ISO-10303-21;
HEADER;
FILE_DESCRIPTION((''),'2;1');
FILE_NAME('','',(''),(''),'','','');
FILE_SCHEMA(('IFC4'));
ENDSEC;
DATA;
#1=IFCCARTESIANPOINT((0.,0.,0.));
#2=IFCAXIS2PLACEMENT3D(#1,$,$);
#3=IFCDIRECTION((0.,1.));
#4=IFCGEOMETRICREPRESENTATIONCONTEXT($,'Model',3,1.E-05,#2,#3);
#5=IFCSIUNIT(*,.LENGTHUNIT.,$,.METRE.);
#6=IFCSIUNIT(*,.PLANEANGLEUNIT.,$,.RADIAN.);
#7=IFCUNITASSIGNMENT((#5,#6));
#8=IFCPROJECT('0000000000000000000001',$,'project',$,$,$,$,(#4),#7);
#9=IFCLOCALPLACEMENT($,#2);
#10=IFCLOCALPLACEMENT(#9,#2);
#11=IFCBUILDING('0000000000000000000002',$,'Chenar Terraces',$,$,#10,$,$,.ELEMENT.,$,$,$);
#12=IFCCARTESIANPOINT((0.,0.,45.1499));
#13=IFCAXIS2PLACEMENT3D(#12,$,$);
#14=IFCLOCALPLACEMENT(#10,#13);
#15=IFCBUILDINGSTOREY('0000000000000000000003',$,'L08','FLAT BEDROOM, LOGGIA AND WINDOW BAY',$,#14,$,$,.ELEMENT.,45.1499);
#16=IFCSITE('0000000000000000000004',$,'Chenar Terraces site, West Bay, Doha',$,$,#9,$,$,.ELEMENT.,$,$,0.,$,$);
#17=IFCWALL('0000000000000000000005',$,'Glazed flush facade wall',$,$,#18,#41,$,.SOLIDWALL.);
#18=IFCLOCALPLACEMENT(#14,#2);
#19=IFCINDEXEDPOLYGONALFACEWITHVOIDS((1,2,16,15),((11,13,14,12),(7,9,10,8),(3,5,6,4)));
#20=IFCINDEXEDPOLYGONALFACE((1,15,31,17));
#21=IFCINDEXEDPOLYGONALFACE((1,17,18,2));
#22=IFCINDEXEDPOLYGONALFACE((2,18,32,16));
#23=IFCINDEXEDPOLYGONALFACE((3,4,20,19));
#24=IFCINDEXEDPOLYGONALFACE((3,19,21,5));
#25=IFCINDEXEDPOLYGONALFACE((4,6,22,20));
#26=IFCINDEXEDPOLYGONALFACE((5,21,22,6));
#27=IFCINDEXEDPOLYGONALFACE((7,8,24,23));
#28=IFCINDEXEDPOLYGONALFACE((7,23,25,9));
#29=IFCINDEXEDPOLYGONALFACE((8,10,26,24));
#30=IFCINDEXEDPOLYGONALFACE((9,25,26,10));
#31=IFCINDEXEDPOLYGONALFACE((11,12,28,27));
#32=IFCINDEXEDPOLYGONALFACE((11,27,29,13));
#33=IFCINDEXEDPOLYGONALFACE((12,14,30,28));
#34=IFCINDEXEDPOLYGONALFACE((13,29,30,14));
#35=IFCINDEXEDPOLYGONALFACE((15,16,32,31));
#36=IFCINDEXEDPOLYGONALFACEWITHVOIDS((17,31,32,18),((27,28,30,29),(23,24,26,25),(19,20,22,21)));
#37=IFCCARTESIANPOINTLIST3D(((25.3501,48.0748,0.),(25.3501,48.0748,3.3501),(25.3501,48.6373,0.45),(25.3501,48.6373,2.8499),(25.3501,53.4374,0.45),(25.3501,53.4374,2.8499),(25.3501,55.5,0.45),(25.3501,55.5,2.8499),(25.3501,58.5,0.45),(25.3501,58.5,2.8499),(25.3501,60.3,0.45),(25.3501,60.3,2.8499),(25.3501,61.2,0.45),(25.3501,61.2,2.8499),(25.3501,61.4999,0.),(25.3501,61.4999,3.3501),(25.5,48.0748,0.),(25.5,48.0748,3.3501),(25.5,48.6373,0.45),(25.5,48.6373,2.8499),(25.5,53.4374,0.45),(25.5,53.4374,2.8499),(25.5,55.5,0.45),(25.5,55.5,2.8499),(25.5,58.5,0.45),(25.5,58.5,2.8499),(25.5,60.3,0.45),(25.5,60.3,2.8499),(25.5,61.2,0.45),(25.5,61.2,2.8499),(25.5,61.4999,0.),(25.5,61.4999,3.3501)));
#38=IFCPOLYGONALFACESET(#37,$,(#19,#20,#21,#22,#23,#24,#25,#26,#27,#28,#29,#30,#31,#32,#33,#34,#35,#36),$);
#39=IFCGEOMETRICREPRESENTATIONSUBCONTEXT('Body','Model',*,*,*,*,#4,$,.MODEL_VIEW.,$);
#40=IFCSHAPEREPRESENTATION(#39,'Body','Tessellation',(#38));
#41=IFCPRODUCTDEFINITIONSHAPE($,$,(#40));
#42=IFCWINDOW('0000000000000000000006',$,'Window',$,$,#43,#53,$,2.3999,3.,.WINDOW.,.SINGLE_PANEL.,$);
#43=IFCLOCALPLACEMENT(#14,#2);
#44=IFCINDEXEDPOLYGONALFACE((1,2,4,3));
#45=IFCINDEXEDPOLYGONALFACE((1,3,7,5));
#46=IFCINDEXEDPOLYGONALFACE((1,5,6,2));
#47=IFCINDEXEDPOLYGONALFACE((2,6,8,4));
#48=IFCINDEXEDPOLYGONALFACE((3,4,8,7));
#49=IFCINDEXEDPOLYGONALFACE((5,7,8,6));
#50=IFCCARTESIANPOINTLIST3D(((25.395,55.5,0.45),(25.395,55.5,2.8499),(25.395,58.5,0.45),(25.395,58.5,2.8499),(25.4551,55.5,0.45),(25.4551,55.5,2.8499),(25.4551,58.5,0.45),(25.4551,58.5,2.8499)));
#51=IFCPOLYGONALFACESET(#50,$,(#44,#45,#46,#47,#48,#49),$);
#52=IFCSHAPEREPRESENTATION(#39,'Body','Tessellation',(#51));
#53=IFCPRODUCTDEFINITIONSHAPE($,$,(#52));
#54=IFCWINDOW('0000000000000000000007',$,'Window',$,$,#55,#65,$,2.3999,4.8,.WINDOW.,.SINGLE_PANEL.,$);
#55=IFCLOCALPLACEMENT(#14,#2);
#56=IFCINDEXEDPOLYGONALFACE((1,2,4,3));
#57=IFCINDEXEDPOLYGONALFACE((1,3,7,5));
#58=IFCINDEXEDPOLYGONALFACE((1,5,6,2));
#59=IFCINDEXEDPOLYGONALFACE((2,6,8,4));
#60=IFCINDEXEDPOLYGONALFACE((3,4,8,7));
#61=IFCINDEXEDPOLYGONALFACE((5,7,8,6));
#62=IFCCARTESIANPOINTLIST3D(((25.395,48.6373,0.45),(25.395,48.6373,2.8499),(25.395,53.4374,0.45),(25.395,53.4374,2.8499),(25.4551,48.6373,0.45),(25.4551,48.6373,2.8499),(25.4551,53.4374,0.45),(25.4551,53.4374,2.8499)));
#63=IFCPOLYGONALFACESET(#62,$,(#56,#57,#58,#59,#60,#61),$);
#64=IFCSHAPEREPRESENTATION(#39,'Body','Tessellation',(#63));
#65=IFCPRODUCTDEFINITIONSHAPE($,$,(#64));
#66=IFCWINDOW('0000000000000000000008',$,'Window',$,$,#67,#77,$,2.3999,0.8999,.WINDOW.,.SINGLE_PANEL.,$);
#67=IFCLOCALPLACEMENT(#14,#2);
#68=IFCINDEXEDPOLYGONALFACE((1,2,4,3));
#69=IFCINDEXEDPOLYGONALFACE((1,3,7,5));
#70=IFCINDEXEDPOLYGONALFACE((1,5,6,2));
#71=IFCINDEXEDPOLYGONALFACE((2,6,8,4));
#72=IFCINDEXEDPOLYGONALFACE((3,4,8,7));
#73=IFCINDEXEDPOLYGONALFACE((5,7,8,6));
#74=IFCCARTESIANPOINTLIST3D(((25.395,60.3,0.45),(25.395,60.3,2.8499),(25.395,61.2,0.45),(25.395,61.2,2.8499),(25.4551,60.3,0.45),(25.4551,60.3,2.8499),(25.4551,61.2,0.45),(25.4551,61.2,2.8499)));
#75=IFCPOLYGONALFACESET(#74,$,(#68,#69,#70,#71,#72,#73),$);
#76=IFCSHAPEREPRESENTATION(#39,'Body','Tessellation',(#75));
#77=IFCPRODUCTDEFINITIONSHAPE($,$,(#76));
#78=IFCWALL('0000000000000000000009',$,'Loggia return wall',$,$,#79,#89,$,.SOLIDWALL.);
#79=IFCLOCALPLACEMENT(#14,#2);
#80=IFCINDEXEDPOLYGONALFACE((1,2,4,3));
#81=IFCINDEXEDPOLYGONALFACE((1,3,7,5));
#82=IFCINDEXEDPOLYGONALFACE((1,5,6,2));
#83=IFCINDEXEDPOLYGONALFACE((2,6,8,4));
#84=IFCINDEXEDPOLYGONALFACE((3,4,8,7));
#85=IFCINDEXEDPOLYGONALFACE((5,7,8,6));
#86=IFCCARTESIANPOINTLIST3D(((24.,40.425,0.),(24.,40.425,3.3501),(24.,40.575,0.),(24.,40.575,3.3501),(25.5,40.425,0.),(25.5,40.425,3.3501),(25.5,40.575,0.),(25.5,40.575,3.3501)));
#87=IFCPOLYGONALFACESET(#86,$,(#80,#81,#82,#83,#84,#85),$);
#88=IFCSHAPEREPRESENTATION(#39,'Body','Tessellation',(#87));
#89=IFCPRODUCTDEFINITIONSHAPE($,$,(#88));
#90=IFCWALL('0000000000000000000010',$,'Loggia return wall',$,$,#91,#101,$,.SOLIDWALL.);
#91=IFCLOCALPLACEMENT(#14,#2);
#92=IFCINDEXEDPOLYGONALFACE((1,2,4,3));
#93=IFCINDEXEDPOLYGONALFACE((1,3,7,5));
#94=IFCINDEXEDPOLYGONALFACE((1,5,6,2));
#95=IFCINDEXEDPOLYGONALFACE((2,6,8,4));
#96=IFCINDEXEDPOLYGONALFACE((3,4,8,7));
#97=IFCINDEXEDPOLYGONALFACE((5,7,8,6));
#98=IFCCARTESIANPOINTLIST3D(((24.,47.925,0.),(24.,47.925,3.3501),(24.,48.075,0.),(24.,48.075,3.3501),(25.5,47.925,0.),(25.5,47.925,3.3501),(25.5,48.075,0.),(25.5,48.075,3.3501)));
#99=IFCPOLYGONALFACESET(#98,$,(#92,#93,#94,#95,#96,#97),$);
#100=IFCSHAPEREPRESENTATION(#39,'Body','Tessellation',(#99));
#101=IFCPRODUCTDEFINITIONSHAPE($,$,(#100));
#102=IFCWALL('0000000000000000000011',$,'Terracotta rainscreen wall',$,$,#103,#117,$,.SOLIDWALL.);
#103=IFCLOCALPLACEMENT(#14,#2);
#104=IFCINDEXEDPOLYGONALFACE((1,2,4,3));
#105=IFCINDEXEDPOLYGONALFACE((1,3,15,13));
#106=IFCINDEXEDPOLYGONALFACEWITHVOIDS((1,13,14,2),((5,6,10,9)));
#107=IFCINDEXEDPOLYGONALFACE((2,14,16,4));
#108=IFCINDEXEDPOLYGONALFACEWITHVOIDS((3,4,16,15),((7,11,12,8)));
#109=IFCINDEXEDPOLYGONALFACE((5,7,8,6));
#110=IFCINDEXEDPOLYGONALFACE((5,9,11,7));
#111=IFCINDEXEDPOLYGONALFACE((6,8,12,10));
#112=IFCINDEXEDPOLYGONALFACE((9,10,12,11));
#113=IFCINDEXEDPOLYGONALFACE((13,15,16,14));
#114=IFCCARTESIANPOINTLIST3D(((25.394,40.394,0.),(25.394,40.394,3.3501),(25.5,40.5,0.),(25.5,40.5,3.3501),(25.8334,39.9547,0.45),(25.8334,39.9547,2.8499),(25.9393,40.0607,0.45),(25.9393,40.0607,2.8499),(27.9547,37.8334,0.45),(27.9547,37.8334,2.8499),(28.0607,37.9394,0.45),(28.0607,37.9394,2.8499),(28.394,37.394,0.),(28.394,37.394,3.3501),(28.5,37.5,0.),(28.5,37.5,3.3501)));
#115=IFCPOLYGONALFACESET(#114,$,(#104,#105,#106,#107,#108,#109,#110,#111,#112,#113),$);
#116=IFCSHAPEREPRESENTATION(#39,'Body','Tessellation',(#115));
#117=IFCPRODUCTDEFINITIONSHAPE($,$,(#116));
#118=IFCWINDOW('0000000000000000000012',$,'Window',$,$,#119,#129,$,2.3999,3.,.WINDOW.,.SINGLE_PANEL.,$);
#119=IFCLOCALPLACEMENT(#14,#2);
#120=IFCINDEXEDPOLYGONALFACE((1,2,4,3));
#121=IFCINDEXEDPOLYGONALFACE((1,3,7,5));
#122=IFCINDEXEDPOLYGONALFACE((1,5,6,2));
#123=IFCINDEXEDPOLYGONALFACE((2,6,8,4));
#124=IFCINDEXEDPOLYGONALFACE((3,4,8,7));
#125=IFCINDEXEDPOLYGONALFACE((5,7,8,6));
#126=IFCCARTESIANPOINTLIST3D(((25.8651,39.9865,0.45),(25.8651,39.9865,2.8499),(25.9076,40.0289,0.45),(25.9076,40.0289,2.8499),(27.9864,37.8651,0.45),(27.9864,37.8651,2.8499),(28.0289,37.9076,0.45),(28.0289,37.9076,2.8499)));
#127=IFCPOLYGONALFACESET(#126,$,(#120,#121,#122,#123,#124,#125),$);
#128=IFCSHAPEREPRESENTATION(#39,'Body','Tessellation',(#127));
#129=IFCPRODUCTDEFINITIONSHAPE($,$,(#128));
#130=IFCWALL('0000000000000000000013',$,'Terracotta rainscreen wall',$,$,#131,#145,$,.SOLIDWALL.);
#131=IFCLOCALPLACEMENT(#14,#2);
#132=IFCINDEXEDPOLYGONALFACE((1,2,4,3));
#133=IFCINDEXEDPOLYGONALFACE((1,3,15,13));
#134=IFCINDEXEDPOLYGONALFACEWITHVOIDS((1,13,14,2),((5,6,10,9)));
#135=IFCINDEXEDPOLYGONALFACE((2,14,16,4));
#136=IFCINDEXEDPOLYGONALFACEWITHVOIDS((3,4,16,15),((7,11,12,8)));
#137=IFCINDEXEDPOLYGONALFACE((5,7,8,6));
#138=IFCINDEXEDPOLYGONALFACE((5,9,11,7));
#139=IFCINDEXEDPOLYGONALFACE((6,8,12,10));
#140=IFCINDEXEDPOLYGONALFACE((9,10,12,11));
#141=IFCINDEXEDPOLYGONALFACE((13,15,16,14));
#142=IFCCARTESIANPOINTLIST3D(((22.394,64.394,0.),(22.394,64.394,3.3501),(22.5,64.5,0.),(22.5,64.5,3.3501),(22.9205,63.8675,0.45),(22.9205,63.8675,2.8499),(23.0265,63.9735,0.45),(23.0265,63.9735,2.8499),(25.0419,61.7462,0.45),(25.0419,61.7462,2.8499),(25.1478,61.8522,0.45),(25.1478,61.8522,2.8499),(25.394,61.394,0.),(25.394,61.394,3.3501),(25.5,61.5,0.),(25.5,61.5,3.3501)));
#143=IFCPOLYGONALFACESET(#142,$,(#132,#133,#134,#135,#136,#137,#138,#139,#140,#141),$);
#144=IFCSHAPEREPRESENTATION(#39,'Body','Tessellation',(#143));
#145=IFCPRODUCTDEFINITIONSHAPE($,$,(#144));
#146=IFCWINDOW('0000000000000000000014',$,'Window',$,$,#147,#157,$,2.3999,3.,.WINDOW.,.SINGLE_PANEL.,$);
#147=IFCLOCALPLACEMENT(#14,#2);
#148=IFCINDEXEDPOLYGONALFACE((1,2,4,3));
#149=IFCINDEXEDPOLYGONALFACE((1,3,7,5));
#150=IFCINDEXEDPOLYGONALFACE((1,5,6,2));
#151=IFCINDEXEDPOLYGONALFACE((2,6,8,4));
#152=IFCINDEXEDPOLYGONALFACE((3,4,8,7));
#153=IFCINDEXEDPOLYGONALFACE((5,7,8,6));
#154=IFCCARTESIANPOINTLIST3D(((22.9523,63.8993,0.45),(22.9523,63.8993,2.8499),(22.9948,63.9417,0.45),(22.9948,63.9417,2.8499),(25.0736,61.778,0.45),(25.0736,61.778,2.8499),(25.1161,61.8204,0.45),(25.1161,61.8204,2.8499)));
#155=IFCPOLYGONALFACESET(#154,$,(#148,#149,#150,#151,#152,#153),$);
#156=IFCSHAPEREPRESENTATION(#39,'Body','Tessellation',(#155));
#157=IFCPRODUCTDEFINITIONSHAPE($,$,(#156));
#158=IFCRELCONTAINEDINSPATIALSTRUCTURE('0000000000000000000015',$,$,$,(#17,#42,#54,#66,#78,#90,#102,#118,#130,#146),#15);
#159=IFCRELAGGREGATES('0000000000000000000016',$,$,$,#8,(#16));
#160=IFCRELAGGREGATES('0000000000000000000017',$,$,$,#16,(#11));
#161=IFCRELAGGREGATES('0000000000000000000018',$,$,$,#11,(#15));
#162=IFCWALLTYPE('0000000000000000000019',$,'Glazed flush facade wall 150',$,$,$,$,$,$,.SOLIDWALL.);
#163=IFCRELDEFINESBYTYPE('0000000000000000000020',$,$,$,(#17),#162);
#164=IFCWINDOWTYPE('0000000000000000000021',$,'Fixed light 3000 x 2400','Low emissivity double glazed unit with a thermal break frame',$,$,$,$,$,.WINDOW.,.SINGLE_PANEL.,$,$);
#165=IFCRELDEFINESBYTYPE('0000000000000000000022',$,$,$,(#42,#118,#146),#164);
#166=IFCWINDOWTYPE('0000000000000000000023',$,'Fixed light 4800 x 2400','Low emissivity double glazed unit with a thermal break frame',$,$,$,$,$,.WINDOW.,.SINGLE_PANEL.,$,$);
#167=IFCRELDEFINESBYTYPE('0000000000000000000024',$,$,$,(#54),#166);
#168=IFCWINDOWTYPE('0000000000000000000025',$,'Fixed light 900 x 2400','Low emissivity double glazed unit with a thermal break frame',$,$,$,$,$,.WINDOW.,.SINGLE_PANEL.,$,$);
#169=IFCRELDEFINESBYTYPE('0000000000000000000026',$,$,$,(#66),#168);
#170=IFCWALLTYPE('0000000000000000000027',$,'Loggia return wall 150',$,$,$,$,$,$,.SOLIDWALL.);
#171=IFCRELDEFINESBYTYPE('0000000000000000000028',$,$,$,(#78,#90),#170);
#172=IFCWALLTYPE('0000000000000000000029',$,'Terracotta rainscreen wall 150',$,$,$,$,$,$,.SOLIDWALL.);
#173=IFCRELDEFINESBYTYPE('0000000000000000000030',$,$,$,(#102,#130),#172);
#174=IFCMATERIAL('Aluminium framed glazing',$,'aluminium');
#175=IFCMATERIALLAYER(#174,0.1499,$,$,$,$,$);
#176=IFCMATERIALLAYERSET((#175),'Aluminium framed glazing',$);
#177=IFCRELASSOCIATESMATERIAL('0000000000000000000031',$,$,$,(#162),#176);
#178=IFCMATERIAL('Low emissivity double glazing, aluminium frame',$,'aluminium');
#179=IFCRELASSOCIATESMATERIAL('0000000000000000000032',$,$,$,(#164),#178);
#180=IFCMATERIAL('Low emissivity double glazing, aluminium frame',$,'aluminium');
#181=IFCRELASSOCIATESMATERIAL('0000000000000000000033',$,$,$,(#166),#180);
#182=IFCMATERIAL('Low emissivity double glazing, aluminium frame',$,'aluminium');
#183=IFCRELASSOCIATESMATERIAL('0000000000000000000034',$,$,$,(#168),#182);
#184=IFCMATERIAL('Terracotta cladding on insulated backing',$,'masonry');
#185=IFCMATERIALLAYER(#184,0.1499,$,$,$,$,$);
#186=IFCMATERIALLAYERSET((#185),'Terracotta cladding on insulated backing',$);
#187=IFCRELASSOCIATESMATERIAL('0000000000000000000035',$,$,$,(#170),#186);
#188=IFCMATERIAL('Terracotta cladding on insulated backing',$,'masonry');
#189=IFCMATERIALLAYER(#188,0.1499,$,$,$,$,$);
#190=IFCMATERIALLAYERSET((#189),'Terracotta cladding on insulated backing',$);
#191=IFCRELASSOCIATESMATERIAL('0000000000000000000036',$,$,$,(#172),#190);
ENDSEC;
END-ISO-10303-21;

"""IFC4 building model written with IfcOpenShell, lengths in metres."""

from ifc_helpers import new_model, si_unit, direction, frame, frame_2d, origin, place, context, subcontext, project, spatial, rectangle, extrude, material, layer, layer_set, type_object, element, fill, save


model = new_model("IFC4")

# Units and contexts
model_context = context("Model", 3, precision=1e-05, world=origin(), true_north=direction((0.0, 1.0)))
body_context = subcontext(model_context, "Body", "Model", "MODEL_VIEW")
ifc_project = project(units=[si_unit("LENGTHUNIT", "METRE"), si_unit("PLANEANGLEUNIT", "RADIAN")], contexts=[model_context])

# Site, building, storey
site_placement = place(None, origin())
site = spatial("IfcSite", under=ifc_project, at=site_placement, Name="Chenar Terraces site, West Bay, Doha", CompositionType="ELEMENT", RefElevation=0.0)
building_placement = place(site_placement, origin())
building = spatial("IfcBuilding", under=site, at=building_placement, Name="Chenar Terraces", CompositionType="ELEMENT")
storey_placement = place(building_placement, frame((0.0, 0.0, 45.1499)))
storey = spatial("IfcBuildingStorey", under=building, at=storey_placement, Name="L08", Description="FLAT BEDROOM, LOGGIA AND WINDOW BAY", CompositionType="ELEMENT", Elevation=45.1499)

# Wall, openings, windows
ifc_material_1 = material(Name="Aluminium framed glazing", Category="aluminium")
ifc_layer_1 = layer(ifc_material_1, 0.1499)
ifc_layer_set_1 = layer_set([ifc_layer_1], Name="Aluminium framed glazing")
wall_type_1 = type_object("IfcWallType", Name="Glazed flush facade wall 150", PredefinedType="SOLIDWALL", material=ifc_layer_set_1)
wall_1_placement = place(storey_placement, frame((25.425, 48.075, 0.0), z_axis=(0.0, 0.0, 1.0), x_axis=(0.0, 1.0, 0.0)))
wall_1 = element("IfcWall", 1, at=wall_1_placement, inside=storey, type_object=wall_type_1, Name="Glazed flush facade wall", PredefinedType="SOLIDWALL", context=body_context, shape_type="SweptSolid", body=[
    extrude(rectangle(XDim=13.425, YDim=0.1499, at=frame_2d((6.7124, 0.0))), origin(), (0.0, 0.0, 1.0), 3.3501),
])
opening_1_placement = place(wall_1_placement, frame((0.5625, 0.0, 0.45)))
opening_1 = element("IfcOpeningElement", 2, at=opening_1_placement, cuts=wall_1, PredefinedType="OPENING", context=body_context, shape_type="SweptSolid", body=[
    extrude(rectangle(XDim=4.8, YDim=2.3999, at=frame_2d((2.3999, 1.2))), frame((0.0, 0.085, 0.0), z_axis=(0.0, -1.0, 0.0), x_axis=(1.0, 0.0, 0.0)), (0.0, 0.0, 1.0), 0.1699),
])
opening_2_placement = place(wall_1_placement, frame((7.425, 0.0, 0.45)))
opening_2 = element("IfcOpeningElement", 3, at=opening_2_placement, cuts=wall_1, PredefinedType="OPENING", context=body_context, shape_type="SweptSolid", body=[
    extrude(rectangle(XDim=3.0, YDim=2.3999, at=frame_2d((1.5, 1.2))), frame((0.0, 0.085, 0.0), z_axis=(0.0, -1.0, 0.0), x_axis=(1.0, 0.0, 0.0)), (0.0, 0.0, 1.0), 0.1699),
])
opening_3_placement = place(wall_1_placement, frame((12.2251, 0.0, 0.45)))
opening_3 = element("IfcOpeningElement", 4, at=opening_3_placement, cuts=wall_1, PredefinedType="OPENING", context=body_context, shape_type="SweptSolid", body=[
    extrude(rectangle(XDim=0.8999, YDim=2.3999, at=frame_2d((0.45, 1.2))), frame((0.0, 0.085, 0.0), z_axis=(0.0, -1.0, 0.0), x_axis=(1.0, 0.0, 0.0)), (0.0, 0.0, 1.0), 0.1699),
])
ifc_material_2 = material(Name="Low emissivity double glazing, aluminium frame", Category="aluminium")
window_type_1 = type_object("IfcWindowType", Name="Fixed light 3000 x 2400", Description="Low emissivity double glazed unit with a thermal break frame", PartitioningType="SINGLE_PANEL", PredefinedType="WINDOW", material=ifc_material_2)
window_1_placement = place(opening_2_placement, origin())
window_1 = element("IfcWindow", 5, at=window_1_placement, inside=storey, type_object=window_type_1, Name="Window", OverallHeight=2.3999, OverallWidth=3.0, PartitioningType="SINGLE_PANEL", PredefinedType="WINDOW", context=body_context, shape_type="SweptSolid", body=[
    extrude(rectangle(XDim=3.0, YDim=2.3999, at=frame_2d((1.5, 1.2))), frame((0.0, 0.03, 0.0), z_axis=(0.0, -1.0, 0.0), x_axis=(1.0, 0.0, 0.0)), (0.0, 0.0, 1.0), 0.0601),
])
fill(opening_2, window_1)
ifc_material_3 = material(Name="Low emissivity double glazing, aluminium frame", Category="aluminium")
window_type_2 = type_object("IfcWindowType", Name="Fixed light 4800 x 2400", Description="Low emissivity double glazed unit with a thermal break frame", PartitioningType="SINGLE_PANEL", PredefinedType="WINDOW", material=ifc_material_3)
window_2_placement = place(opening_1_placement, origin())
window_2 = element("IfcWindow", 6, at=window_2_placement, inside=storey, type_object=window_type_2, Name="Window", OverallHeight=2.3999, OverallWidth=4.8, PartitioningType="SINGLE_PANEL", PredefinedType="WINDOW", context=body_context, shape_type="SweptSolid", body=[
    extrude(rectangle(XDim=4.8, YDim=2.3999, at=frame_2d((2.3999, 1.2))), frame((0.0, 0.03, 0.0), z_axis=(0.0, -1.0, 0.0), x_axis=(1.0, 0.0, 0.0)), (0.0, 0.0, 1.0), 0.0601),
])
fill(opening_1, window_2)
ifc_material_4 = material(Name="Low emissivity double glazing, aluminium frame", Category="aluminium")
window_type_3 = type_object("IfcWindowType", Name="Fixed light 900 x 2400", Description="Low emissivity double glazed unit with a thermal break frame", PartitioningType="SINGLE_PANEL", PredefinedType="WINDOW", material=ifc_material_4)
window_3_placement = place(opening_3_placement, origin())
window_3 = element("IfcWindow", 7, at=window_3_placement, inside=storey, type_object=window_type_3, Name="Window", OverallHeight=2.3999, OverallWidth=0.8999, PartitioningType="SINGLE_PANEL", PredefinedType="WINDOW", context=body_context, shape_type="SweptSolid", body=[
    extrude(rectangle(XDim=0.8999, YDim=2.3999, at=frame_2d((0.45, 1.2))), frame((0.0, 0.03, 0.0), z_axis=(0.0, -1.0, 0.0), x_axis=(1.0, 0.0, 0.0)), (0.0, 0.0, 1.0), 0.0601),
])
fill(opening_3, window_3)

# Walls
ifc_material_5 = material(Name="Terracotta cladding on insulated backing", Category="masonry")
ifc_layer_2 = layer(ifc_material_5, 0.1499)
ifc_layer_set_2 = layer_set([ifc_layer_2], Name="Terracotta cladding on insulated backing")
wall_type_2 = type_object("IfcWallType", Name="Loggia return wall 150", PredefinedType="SOLIDWALL", material=ifc_layer_set_2)
for number, where, z_axis, x_axis, name in (
    (8, (25.5, 40.5, 0.0), (0.0, 0.0, 1.0), (-1.0, 0.0, 0.0), "Loggia return wall"),
    (9, (25.5, 48.0, 0.0), (0.0, 0.0, 1.0), (-1.0, 0.0, 0.0), "Loggia return wall"),
):
    element("IfcWall", number, at=place(storey_placement, frame(where, z_axis=z_axis, x_axis=x_axis)), inside=storey, type_object=wall_type_2, Name=name, PredefinedType="SOLIDWALL", context=body_context, shape_type="SweptSolid", body=[
        extrude(rectangle(XDim=1.5, YDim=0.1499, at=frame_2d((0.75, 0.0))), origin(), (0.0, 0.0, 1.0), 3.3501),
    ])

# Walls, openings, windows
ifc_material_6 = material(Name="Terracotta cladding on insulated backing", Category="masonry")
ifc_layer_3 = layer(ifc_material_6, 0.1499)
ifc_layer_set_3 = layer_set([ifc_layer_3], Name="Terracotta cladding on insulated backing")
wall_type_3 = type_object("IfcWallType", Name="Terracotta rainscreen wall 150", PredefinedType="SOLIDWALL", material=ifc_layer_set_3)
wall_2_placement = place(storey_placement, frame((28.447, 37.447, 0.0), z_axis=(0.0, 0.0, 1.0), x_axis=(-0.707107, 0.707107, 0.0)))
wall_2 = element("IfcWall", 10, at=wall_2_placement, inside=storey, type_object=wall_type_3, Name="Terracotta rainscreen wall", PredefinedType="SOLIDWALL", context=body_context, shape_type="SweptSolid", body=[
    extrude(rectangle(XDim=4.2427, YDim=0.1499, at=frame_2d((2.1213, 0.0))), origin(), (0.0, 0.0, 1.0), 3.3501),
])
opening_4_placement = place(wall_2_placement, frame((0.6213, 0.0, 0.45)))
opening_4 = element("IfcOpeningElement", 11, at=opening_4_placement, cuts=wall_2, PredefinedType="OPENING", context=body_context, shape_type="SweptSolid", body=[
    extrude(rectangle(XDim=3.0, YDim=2.3999, at=frame_2d((1.5, 1.2))), frame((0.0, 0.085, 0.0), z_axis=(0.0, -1.0, 0.0), x_axis=(1.0, 0.0, 0.0)), (0.0, 0.0, 1.0), 0.1699),
])
window_4_placement = place(opening_4_placement, origin())
window_4 = element("IfcWindow", 12, at=window_4_placement, inside=storey, type_object=window_type_1, Name="Window", OverallHeight=2.3999, OverallWidth=3.0, PartitioningType="SINGLE_PANEL", PredefinedType="WINDOW", context=body_context, shape_type="SweptSolid", body=[
    extrude(rectangle(XDim=3.0, YDim=2.3999, at=frame_2d((1.5, 1.2))), frame((0.0, 0.03, 0.0), z_axis=(0.0, -1.0, 0.0), x_axis=(1.0, 0.0, 0.0)), (0.0, 0.0, 1.0), 0.0601),
])
fill(opening_4, window_4)
wall_3_placement = place(storey_placement, frame((25.447, 61.447, 0.0), z_axis=(0.0, 0.0, 1.0), x_axis=(-0.707107, 0.707107, 0.0)))
wall_3 = element("IfcWall", 13, at=wall_3_placement, inside=storey, type_object=wall_type_3, Name="Terracotta rainscreen wall", PredefinedType="SOLIDWALL", context=body_context, shape_type="SweptSolid", body=[
    extrude(rectangle(XDim=4.2427, YDim=0.1499, at=frame_2d((2.1213, 0.0))), origin(), (0.0, 0.0, 1.0), 3.3501),
])
opening_5_placement = place(wall_3_placement, frame((0.498, 0.0, 0.45)))
opening_5 = element("IfcOpeningElement", 14, at=opening_5_placement, cuts=wall_3, PredefinedType="OPENING", context=body_context, shape_type="SweptSolid", body=[
    extrude(rectangle(XDim=3.0, YDim=2.3999, at=frame_2d((1.5, 1.2))), frame((0.0, 0.085, 0.0), z_axis=(0.0, -1.0, 0.0), x_axis=(1.0, 0.0, 0.0)), (0.0, 0.0, 1.0), 0.1699),
])
window_5_placement = place(opening_5_placement, origin())
window_5 = element("IfcWindow", 15, at=window_5_placement, inside=storey, type_object=window_type_1, Name="Window", OverallHeight=2.3999, OverallWidth=3.0, PartitioningType="SINGLE_PANEL", PredefinedType="WINDOW", context=body_context, shape_type="SweptSolid", body=[
    extrude(rectangle(XDim=3.0, YDim=2.3999, at=frame_2d((1.5, 1.2))), frame((0.0, 0.03, 0.0), z_axis=(0.0, -1.0, 0.0), x_axis=(1.0, 0.0, 0.0)), (0.0, 0.0, 1.0), 0.0601),
])
fill(opening_5, window_5)

save(model, "model.ifc")
